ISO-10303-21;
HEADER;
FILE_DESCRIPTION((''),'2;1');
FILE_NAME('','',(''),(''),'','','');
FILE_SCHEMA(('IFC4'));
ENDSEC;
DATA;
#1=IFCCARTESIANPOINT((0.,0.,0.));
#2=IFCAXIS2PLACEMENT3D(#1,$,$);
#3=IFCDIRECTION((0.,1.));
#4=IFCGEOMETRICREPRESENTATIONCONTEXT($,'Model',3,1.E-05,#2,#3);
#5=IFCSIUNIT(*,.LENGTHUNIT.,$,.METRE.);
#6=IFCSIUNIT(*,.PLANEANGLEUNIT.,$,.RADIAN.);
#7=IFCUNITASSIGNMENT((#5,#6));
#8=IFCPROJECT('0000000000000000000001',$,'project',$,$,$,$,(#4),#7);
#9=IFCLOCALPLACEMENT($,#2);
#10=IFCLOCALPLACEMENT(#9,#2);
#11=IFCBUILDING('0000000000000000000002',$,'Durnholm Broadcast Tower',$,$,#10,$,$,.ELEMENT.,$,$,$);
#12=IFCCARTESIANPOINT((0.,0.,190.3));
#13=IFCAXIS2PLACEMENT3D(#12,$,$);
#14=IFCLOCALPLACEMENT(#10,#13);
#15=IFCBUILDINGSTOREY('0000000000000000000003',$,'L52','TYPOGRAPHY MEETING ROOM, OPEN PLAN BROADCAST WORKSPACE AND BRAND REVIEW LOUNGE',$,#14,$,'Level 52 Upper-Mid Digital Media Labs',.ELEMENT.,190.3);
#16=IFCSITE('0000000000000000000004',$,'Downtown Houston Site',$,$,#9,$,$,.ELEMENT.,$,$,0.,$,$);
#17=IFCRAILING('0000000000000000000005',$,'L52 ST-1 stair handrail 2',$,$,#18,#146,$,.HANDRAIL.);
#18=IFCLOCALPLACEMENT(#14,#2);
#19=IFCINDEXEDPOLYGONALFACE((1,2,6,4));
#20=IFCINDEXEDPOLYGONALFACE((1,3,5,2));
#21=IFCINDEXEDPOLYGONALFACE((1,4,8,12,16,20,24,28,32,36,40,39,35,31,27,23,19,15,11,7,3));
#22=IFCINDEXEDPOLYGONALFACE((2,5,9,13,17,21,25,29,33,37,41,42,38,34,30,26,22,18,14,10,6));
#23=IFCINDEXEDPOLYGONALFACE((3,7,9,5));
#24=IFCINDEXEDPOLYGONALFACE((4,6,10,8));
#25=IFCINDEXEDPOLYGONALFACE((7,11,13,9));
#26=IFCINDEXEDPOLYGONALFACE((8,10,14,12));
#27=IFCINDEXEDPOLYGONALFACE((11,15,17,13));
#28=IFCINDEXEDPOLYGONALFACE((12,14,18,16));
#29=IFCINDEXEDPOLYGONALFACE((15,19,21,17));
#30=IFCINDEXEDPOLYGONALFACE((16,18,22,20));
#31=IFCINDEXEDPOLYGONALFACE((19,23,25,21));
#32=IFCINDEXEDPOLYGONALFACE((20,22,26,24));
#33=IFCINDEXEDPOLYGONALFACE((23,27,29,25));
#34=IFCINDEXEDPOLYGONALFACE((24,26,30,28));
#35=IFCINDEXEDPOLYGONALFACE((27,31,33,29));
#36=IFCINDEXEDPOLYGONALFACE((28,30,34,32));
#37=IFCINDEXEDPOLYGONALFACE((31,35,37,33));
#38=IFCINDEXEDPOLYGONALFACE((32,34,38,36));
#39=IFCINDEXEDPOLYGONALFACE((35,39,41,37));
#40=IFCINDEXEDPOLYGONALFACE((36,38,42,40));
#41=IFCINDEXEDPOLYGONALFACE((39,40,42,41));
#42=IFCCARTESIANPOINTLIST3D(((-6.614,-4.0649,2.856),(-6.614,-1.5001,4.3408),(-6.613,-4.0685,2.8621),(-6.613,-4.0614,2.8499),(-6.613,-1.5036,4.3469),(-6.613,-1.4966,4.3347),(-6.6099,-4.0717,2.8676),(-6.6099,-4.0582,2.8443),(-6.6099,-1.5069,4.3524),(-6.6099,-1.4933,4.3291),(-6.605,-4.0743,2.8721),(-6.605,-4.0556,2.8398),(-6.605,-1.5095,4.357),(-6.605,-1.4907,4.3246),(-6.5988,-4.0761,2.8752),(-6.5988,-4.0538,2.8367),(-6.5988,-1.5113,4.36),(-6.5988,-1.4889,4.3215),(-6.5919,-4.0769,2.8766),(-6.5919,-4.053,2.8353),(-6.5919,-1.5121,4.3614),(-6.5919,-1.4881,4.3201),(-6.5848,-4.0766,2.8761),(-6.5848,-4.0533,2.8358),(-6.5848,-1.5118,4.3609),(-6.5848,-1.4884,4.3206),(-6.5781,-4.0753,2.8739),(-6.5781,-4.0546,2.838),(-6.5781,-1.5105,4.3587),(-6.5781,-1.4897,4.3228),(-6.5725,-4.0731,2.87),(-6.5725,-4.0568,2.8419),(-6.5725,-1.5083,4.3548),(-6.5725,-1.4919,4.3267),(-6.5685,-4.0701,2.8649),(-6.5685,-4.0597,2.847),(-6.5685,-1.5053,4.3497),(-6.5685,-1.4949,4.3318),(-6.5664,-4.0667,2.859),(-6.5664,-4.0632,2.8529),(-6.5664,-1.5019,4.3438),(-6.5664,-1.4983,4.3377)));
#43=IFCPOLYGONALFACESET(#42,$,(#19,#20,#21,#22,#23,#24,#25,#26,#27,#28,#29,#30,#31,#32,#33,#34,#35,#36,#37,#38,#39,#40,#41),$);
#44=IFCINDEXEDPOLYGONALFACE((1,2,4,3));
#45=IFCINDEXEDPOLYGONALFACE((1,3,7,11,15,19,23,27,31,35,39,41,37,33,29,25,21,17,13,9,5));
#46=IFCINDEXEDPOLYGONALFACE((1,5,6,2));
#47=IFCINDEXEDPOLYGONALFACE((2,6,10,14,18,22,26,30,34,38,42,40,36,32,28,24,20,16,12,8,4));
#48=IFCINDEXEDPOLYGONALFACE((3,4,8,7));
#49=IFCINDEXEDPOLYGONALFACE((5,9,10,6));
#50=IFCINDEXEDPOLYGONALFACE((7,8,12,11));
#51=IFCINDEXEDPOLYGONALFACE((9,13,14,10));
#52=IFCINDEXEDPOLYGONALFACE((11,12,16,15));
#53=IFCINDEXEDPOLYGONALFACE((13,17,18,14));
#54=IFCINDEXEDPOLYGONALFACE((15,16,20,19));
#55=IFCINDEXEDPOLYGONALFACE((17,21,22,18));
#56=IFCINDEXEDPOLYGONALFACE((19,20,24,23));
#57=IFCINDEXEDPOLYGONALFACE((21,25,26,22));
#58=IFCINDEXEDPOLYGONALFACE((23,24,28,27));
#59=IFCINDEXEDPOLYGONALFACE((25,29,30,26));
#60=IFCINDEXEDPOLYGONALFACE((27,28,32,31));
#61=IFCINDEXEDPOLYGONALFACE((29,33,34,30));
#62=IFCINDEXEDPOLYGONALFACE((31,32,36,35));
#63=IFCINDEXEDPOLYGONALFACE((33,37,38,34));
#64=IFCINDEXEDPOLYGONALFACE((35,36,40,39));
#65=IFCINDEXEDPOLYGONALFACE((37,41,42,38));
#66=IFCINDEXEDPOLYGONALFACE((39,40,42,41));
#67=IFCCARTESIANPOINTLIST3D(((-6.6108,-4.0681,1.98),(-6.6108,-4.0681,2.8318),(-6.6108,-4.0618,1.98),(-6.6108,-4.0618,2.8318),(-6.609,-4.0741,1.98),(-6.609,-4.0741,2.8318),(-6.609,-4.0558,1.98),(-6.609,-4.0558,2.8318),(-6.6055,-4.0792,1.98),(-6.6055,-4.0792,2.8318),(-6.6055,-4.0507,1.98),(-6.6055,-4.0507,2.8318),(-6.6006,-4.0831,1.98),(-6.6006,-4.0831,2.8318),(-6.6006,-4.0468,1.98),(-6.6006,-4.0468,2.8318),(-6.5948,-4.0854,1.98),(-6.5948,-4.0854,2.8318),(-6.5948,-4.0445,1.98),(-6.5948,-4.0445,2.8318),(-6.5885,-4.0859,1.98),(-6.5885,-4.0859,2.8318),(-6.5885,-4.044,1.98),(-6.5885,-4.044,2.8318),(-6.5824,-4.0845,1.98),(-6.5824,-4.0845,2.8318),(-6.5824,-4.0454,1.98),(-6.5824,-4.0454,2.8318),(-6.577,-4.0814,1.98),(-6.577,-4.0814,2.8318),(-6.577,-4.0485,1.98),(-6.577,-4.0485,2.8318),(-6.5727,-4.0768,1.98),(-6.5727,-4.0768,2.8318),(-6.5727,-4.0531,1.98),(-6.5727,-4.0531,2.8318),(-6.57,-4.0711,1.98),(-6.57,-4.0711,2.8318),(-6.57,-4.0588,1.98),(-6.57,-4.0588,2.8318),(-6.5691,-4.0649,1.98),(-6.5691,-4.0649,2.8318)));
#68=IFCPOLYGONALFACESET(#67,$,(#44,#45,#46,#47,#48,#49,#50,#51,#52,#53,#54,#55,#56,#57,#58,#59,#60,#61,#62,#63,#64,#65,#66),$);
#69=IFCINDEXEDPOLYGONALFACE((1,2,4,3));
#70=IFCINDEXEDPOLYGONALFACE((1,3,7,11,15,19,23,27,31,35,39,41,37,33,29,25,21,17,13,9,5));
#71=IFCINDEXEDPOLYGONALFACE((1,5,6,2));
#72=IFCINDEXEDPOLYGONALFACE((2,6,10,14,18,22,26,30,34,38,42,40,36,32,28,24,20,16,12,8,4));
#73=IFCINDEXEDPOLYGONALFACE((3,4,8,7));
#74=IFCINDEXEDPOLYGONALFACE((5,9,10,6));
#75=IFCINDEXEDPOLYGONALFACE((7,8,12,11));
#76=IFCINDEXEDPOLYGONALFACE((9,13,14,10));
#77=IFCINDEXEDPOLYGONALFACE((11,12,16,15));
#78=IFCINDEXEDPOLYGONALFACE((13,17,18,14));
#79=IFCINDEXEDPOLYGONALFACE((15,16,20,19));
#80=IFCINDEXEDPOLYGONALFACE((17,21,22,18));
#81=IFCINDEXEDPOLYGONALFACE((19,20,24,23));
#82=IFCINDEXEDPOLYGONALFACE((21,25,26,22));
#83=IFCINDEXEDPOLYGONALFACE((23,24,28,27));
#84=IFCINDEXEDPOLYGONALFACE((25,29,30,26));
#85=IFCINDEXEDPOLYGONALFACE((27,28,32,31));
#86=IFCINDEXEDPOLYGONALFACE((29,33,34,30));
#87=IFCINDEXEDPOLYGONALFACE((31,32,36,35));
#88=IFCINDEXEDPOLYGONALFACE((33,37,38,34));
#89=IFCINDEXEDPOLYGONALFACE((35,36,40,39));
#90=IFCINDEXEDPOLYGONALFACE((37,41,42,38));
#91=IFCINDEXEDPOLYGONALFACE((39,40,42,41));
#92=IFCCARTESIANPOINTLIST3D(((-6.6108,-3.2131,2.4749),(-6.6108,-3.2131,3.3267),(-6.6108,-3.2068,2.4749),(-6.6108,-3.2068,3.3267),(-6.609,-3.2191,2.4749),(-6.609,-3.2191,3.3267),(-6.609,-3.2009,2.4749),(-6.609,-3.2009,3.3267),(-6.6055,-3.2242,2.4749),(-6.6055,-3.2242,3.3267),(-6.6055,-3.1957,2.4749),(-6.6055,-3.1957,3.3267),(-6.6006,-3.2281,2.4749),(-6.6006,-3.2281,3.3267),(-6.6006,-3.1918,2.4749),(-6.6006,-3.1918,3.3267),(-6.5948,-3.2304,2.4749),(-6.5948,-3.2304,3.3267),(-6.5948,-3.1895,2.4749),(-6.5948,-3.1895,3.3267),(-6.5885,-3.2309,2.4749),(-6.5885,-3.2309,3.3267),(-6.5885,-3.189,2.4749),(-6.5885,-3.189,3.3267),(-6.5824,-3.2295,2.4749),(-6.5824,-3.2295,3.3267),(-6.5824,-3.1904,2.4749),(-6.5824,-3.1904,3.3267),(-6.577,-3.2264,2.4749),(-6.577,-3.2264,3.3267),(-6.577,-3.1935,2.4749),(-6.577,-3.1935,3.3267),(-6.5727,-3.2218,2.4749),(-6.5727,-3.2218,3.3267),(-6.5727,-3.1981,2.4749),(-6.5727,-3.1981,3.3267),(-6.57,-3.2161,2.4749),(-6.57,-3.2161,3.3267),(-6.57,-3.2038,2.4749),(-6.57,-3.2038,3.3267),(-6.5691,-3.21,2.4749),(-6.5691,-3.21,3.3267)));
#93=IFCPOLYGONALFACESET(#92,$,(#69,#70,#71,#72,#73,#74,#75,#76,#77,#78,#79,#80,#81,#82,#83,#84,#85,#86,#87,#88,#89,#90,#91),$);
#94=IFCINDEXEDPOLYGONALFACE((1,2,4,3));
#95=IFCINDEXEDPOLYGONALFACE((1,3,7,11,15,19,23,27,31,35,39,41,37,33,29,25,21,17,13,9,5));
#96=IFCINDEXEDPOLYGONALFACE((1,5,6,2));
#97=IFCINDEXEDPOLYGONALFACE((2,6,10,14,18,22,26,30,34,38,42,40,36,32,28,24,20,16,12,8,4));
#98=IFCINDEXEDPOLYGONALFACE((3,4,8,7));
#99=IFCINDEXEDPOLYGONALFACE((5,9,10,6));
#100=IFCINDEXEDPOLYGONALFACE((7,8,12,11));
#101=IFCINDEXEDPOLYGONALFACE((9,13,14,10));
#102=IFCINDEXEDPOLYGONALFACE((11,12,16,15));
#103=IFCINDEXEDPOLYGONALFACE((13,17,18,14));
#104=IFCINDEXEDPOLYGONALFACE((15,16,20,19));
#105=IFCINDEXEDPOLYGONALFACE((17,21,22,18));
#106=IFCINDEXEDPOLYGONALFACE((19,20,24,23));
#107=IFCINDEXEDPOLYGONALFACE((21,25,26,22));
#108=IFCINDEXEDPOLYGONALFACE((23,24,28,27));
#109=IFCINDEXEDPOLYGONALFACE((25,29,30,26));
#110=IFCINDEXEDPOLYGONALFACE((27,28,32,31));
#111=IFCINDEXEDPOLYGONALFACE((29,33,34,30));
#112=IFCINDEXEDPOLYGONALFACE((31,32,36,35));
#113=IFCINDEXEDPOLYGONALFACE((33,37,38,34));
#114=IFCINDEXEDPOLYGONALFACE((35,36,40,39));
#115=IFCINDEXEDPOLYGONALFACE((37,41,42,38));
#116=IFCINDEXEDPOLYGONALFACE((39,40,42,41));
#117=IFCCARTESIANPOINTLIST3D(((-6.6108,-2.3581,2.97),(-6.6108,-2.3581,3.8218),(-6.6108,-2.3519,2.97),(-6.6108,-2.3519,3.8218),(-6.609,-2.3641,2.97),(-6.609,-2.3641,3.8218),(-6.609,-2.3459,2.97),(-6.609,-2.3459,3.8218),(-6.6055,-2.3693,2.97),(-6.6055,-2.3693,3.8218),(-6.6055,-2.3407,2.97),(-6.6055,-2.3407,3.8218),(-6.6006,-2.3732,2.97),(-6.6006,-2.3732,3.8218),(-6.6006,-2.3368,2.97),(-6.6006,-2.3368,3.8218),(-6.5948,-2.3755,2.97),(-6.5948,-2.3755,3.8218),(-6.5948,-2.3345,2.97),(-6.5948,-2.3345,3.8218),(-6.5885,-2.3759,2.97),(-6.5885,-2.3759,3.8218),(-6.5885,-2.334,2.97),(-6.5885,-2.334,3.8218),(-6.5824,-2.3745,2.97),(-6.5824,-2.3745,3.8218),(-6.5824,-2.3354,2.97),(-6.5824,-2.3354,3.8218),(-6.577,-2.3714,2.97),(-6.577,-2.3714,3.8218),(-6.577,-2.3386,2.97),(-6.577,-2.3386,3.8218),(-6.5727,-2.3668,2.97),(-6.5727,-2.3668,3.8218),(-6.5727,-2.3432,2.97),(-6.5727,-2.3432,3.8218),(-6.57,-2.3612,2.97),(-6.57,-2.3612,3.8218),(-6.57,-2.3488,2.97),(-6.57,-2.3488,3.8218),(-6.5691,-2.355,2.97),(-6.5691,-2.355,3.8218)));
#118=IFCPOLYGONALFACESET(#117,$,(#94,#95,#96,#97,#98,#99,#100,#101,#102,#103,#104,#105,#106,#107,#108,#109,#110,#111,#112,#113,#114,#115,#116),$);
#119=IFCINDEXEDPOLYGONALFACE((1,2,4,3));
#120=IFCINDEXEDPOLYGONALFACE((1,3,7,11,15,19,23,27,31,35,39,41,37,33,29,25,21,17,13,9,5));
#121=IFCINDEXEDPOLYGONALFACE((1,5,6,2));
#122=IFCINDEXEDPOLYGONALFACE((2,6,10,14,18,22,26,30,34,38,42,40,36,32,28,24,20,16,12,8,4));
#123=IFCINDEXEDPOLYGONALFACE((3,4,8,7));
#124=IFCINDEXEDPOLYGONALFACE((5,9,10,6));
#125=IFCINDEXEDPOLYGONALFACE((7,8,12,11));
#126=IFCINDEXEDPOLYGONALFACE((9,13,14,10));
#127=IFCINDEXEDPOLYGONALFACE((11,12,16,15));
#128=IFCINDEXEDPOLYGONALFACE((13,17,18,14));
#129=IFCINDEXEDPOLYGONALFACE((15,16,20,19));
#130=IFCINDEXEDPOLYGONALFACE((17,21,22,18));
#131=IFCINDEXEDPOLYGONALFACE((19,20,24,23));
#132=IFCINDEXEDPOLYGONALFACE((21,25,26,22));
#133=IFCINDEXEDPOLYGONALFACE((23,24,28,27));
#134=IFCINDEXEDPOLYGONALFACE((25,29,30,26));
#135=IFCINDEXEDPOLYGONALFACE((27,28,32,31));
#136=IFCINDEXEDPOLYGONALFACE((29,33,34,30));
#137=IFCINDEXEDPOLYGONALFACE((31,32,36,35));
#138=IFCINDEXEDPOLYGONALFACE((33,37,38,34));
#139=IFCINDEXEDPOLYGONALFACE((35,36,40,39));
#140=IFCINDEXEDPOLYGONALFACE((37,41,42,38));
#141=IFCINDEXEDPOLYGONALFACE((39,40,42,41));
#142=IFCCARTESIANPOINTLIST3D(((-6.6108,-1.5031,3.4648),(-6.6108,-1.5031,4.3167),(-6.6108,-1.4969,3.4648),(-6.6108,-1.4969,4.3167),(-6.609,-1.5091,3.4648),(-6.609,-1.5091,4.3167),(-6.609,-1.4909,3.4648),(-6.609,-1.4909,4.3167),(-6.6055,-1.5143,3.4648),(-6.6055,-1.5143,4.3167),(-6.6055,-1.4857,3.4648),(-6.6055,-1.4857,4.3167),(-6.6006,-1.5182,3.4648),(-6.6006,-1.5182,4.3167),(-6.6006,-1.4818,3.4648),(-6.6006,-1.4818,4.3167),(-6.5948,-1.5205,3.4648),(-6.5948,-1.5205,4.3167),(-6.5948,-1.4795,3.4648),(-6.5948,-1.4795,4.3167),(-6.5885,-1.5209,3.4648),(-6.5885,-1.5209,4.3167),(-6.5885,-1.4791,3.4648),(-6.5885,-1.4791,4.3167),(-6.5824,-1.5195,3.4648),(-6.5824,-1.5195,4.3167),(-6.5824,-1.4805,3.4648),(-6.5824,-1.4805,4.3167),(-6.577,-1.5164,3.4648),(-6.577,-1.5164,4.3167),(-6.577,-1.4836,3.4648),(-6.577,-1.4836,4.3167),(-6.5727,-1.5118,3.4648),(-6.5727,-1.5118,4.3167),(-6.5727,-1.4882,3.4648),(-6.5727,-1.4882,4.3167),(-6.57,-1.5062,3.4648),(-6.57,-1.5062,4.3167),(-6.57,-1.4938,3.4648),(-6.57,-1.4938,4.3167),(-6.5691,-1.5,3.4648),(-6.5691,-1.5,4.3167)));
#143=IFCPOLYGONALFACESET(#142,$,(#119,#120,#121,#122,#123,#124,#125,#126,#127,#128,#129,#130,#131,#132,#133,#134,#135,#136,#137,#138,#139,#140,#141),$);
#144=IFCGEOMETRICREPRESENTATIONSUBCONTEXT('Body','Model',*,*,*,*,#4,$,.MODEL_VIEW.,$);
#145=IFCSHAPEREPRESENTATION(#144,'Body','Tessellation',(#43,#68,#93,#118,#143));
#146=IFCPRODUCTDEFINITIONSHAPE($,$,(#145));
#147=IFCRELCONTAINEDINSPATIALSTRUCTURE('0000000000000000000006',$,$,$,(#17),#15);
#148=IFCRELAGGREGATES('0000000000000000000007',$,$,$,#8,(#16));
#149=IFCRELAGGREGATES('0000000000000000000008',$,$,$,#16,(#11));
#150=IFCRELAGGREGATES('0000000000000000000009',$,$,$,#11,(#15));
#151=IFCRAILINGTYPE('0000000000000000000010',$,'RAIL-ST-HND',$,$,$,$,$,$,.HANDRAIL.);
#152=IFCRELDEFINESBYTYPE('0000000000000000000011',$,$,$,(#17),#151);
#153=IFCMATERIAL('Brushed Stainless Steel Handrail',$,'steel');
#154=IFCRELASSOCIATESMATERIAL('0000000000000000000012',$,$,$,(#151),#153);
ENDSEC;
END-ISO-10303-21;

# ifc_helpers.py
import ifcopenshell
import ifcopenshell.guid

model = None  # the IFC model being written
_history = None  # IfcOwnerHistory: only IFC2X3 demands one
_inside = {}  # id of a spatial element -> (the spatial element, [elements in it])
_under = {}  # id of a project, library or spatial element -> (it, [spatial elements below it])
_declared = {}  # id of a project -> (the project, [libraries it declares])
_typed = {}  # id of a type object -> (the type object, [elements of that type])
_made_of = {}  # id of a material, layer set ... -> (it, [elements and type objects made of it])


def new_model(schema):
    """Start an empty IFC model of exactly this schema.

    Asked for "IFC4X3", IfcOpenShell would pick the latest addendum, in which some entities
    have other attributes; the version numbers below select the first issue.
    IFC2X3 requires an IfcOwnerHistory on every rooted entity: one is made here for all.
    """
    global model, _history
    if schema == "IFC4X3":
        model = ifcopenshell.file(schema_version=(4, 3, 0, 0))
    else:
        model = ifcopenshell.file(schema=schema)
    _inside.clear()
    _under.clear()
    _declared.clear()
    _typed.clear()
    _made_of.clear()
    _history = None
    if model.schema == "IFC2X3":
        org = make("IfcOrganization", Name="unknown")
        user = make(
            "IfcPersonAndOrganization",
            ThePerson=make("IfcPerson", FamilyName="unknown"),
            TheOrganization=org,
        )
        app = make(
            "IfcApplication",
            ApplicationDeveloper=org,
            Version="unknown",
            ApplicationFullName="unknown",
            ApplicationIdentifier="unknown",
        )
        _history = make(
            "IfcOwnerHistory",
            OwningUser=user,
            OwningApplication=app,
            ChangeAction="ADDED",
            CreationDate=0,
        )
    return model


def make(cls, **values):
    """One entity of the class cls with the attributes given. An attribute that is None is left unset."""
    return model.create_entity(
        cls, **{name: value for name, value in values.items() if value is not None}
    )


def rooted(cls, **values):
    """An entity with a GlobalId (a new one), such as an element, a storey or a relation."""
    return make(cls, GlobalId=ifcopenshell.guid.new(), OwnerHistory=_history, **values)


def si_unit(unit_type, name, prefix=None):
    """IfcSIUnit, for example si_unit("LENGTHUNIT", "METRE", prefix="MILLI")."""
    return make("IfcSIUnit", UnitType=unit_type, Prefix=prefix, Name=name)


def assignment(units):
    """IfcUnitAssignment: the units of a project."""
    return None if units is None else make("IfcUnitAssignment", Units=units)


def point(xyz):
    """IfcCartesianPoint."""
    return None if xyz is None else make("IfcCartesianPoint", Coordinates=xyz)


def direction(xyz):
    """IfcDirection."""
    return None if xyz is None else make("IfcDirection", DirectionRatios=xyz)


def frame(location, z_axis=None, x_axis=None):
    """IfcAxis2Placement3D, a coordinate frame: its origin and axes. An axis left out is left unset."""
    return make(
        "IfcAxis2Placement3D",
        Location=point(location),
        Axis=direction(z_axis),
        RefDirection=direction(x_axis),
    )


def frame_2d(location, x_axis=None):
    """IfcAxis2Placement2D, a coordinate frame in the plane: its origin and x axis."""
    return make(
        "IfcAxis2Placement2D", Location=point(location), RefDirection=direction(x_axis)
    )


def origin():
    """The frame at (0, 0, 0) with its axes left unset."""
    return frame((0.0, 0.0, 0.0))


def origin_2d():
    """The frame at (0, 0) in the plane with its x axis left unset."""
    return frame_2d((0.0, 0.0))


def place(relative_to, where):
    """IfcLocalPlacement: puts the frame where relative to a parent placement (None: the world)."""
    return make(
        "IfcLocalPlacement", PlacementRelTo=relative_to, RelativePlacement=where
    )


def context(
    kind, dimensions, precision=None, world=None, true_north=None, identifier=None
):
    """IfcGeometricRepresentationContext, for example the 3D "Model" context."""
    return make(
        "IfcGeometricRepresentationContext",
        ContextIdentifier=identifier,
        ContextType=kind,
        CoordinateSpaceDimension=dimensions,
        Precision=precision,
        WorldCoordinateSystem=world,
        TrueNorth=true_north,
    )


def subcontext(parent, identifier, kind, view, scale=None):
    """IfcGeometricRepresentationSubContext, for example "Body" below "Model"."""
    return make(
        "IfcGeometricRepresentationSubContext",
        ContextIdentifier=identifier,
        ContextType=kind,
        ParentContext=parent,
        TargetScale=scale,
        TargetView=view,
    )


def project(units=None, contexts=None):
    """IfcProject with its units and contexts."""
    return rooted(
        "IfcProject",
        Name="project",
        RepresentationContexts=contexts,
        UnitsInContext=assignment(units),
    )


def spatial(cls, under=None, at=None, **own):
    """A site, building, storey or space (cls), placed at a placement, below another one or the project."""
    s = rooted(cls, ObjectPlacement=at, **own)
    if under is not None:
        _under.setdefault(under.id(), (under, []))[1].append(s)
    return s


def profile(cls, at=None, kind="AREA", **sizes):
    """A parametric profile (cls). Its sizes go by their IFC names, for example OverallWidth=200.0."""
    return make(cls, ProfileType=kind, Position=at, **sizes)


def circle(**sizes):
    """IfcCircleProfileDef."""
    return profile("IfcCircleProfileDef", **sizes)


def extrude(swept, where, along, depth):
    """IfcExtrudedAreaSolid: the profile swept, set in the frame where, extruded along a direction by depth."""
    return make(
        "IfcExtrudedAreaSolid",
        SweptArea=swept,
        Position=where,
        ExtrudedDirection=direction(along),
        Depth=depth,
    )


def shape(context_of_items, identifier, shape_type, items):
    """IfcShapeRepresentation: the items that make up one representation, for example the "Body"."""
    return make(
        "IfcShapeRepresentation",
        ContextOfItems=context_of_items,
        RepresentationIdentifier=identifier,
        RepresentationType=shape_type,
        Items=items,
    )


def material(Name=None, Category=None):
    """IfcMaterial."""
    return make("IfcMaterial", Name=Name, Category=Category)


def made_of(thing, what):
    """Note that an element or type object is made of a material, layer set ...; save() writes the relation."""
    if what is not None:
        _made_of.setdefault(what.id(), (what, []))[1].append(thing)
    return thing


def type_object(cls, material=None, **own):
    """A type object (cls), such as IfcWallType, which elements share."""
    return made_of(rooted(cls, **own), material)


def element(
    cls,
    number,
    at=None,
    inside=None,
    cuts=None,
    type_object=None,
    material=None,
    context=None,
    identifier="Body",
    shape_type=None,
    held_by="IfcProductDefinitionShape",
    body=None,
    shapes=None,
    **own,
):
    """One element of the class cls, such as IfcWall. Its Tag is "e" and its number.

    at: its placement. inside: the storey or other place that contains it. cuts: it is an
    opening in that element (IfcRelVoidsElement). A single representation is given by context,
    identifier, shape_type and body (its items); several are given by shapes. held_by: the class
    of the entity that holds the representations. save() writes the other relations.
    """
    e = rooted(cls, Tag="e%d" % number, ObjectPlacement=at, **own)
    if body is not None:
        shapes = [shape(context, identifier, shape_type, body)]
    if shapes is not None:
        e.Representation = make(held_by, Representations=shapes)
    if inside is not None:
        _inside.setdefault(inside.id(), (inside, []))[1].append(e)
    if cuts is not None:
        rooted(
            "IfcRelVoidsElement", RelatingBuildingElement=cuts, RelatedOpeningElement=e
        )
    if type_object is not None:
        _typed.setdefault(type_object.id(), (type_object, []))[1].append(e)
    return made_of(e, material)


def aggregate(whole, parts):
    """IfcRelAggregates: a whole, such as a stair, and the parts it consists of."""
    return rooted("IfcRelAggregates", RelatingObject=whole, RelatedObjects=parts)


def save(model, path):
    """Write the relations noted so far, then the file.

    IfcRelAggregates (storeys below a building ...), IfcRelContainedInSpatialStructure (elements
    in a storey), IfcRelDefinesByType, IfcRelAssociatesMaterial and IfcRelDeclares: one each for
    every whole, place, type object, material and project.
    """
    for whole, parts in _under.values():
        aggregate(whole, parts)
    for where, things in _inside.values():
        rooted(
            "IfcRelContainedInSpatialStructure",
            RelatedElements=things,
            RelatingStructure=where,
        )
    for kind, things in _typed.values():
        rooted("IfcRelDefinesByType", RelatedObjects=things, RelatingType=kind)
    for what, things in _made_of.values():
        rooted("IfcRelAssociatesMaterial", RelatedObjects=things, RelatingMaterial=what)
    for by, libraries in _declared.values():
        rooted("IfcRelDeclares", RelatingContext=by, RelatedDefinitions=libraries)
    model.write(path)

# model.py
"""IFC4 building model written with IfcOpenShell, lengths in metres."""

from ifc_helpers import new_model, si_unit, direction, frame, origin, origin_2d, place, context, subcontext, project, spatial, circle, extrude, material, type_object, element, save


model = new_model("IFC4")

# Units and contexts
model_context = context("Model", 3, precision=1e-05, world=origin(), true_north=direction((0.0, 1.0)))
body_context = subcontext(model_context, "Body", "Model", "MODEL_VIEW")
ifc_project = project(units=[si_unit("LENGTHUNIT", "METRE"), si_unit("PLANEANGLEUNIT", "RADIAN")], contexts=[model_context])

# Site, building, storey
site_placement = place(None, origin())
site = spatial("IfcSite", under=ifc_project, at=site_placement, Name="Downtown Houston Site", CompositionType="ELEMENT", RefElevation=0.0)
building_placement = place(site_placement, origin())
building = spatial("IfcBuilding", under=site, at=building_placement, Name="Durnholm Broadcast Tower", CompositionType="ELEMENT")
storey_placement = place(building_placement, frame((0.0, 0.0, 190.3)))
storey = spatial("IfcBuildingStorey", under=building, at=storey_placement, Name="L52", Description="TYPOGRAPHY MEETING ROOM, OPEN PLAN BROADCAST WORKSPACE AND BRAND REVIEW LOUNGE", LongName="Level 52 Upper-Mid Digital Media Labs", CompositionType="ELEMENT", Elevation=190.3)

# Railing
ifc_material_1 = material(Name="Brushed Stainless Steel Handrail", Category="steel")
railing_type_1 = type_object("IfcRailingType", Name="RAIL-ST-HND", PredefinedType="HANDRAIL", material=ifc_material_1)
railing_1_placement = place(storey_placement, frame((-6.5901, -4.0649, 1.98)))
element("IfcRailing", 1, at=railing_1_placement, inside=storey, type_object=railing_type_1, Name="L52 ST-1 stair handrail 2", PredefinedType="HANDRAIL", context=body_context, shape_type="SweptSolid", body=[
    extrude(circle(Radius=0.0239, at=origin_2d()), frame((0.0, 0.0, 0.876), z_axis=(0.0, 0.865441, 0.50101), x_axis=(-1.0, 0.0, 0.0)), (0.0, 0.0, 1.0), 2.9636),
    extrude(circle(Radius=0.021, at=origin_2d()), origin(), (0.0, 0.0, 1.0), 0.8518),
    extrude(circle(Radius=0.021, at=origin_2d()), frame((0.0, 0.855, 0.4949)), (0.0, 0.0, 1.0), 0.8518),
    extrude(circle(Radius=0.021, at=origin_2d()), frame((0.0, 1.71, 0.99)), (0.0, 0.0, 1.0), 0.8518),
    extrude(circle(Radius=0.021, at=origin_2d()), frame((0.0, 2.5649, 1.4849)), (0.0, 0.0, 1.0), 0.8518),
])

save(model, "model.ifc")
